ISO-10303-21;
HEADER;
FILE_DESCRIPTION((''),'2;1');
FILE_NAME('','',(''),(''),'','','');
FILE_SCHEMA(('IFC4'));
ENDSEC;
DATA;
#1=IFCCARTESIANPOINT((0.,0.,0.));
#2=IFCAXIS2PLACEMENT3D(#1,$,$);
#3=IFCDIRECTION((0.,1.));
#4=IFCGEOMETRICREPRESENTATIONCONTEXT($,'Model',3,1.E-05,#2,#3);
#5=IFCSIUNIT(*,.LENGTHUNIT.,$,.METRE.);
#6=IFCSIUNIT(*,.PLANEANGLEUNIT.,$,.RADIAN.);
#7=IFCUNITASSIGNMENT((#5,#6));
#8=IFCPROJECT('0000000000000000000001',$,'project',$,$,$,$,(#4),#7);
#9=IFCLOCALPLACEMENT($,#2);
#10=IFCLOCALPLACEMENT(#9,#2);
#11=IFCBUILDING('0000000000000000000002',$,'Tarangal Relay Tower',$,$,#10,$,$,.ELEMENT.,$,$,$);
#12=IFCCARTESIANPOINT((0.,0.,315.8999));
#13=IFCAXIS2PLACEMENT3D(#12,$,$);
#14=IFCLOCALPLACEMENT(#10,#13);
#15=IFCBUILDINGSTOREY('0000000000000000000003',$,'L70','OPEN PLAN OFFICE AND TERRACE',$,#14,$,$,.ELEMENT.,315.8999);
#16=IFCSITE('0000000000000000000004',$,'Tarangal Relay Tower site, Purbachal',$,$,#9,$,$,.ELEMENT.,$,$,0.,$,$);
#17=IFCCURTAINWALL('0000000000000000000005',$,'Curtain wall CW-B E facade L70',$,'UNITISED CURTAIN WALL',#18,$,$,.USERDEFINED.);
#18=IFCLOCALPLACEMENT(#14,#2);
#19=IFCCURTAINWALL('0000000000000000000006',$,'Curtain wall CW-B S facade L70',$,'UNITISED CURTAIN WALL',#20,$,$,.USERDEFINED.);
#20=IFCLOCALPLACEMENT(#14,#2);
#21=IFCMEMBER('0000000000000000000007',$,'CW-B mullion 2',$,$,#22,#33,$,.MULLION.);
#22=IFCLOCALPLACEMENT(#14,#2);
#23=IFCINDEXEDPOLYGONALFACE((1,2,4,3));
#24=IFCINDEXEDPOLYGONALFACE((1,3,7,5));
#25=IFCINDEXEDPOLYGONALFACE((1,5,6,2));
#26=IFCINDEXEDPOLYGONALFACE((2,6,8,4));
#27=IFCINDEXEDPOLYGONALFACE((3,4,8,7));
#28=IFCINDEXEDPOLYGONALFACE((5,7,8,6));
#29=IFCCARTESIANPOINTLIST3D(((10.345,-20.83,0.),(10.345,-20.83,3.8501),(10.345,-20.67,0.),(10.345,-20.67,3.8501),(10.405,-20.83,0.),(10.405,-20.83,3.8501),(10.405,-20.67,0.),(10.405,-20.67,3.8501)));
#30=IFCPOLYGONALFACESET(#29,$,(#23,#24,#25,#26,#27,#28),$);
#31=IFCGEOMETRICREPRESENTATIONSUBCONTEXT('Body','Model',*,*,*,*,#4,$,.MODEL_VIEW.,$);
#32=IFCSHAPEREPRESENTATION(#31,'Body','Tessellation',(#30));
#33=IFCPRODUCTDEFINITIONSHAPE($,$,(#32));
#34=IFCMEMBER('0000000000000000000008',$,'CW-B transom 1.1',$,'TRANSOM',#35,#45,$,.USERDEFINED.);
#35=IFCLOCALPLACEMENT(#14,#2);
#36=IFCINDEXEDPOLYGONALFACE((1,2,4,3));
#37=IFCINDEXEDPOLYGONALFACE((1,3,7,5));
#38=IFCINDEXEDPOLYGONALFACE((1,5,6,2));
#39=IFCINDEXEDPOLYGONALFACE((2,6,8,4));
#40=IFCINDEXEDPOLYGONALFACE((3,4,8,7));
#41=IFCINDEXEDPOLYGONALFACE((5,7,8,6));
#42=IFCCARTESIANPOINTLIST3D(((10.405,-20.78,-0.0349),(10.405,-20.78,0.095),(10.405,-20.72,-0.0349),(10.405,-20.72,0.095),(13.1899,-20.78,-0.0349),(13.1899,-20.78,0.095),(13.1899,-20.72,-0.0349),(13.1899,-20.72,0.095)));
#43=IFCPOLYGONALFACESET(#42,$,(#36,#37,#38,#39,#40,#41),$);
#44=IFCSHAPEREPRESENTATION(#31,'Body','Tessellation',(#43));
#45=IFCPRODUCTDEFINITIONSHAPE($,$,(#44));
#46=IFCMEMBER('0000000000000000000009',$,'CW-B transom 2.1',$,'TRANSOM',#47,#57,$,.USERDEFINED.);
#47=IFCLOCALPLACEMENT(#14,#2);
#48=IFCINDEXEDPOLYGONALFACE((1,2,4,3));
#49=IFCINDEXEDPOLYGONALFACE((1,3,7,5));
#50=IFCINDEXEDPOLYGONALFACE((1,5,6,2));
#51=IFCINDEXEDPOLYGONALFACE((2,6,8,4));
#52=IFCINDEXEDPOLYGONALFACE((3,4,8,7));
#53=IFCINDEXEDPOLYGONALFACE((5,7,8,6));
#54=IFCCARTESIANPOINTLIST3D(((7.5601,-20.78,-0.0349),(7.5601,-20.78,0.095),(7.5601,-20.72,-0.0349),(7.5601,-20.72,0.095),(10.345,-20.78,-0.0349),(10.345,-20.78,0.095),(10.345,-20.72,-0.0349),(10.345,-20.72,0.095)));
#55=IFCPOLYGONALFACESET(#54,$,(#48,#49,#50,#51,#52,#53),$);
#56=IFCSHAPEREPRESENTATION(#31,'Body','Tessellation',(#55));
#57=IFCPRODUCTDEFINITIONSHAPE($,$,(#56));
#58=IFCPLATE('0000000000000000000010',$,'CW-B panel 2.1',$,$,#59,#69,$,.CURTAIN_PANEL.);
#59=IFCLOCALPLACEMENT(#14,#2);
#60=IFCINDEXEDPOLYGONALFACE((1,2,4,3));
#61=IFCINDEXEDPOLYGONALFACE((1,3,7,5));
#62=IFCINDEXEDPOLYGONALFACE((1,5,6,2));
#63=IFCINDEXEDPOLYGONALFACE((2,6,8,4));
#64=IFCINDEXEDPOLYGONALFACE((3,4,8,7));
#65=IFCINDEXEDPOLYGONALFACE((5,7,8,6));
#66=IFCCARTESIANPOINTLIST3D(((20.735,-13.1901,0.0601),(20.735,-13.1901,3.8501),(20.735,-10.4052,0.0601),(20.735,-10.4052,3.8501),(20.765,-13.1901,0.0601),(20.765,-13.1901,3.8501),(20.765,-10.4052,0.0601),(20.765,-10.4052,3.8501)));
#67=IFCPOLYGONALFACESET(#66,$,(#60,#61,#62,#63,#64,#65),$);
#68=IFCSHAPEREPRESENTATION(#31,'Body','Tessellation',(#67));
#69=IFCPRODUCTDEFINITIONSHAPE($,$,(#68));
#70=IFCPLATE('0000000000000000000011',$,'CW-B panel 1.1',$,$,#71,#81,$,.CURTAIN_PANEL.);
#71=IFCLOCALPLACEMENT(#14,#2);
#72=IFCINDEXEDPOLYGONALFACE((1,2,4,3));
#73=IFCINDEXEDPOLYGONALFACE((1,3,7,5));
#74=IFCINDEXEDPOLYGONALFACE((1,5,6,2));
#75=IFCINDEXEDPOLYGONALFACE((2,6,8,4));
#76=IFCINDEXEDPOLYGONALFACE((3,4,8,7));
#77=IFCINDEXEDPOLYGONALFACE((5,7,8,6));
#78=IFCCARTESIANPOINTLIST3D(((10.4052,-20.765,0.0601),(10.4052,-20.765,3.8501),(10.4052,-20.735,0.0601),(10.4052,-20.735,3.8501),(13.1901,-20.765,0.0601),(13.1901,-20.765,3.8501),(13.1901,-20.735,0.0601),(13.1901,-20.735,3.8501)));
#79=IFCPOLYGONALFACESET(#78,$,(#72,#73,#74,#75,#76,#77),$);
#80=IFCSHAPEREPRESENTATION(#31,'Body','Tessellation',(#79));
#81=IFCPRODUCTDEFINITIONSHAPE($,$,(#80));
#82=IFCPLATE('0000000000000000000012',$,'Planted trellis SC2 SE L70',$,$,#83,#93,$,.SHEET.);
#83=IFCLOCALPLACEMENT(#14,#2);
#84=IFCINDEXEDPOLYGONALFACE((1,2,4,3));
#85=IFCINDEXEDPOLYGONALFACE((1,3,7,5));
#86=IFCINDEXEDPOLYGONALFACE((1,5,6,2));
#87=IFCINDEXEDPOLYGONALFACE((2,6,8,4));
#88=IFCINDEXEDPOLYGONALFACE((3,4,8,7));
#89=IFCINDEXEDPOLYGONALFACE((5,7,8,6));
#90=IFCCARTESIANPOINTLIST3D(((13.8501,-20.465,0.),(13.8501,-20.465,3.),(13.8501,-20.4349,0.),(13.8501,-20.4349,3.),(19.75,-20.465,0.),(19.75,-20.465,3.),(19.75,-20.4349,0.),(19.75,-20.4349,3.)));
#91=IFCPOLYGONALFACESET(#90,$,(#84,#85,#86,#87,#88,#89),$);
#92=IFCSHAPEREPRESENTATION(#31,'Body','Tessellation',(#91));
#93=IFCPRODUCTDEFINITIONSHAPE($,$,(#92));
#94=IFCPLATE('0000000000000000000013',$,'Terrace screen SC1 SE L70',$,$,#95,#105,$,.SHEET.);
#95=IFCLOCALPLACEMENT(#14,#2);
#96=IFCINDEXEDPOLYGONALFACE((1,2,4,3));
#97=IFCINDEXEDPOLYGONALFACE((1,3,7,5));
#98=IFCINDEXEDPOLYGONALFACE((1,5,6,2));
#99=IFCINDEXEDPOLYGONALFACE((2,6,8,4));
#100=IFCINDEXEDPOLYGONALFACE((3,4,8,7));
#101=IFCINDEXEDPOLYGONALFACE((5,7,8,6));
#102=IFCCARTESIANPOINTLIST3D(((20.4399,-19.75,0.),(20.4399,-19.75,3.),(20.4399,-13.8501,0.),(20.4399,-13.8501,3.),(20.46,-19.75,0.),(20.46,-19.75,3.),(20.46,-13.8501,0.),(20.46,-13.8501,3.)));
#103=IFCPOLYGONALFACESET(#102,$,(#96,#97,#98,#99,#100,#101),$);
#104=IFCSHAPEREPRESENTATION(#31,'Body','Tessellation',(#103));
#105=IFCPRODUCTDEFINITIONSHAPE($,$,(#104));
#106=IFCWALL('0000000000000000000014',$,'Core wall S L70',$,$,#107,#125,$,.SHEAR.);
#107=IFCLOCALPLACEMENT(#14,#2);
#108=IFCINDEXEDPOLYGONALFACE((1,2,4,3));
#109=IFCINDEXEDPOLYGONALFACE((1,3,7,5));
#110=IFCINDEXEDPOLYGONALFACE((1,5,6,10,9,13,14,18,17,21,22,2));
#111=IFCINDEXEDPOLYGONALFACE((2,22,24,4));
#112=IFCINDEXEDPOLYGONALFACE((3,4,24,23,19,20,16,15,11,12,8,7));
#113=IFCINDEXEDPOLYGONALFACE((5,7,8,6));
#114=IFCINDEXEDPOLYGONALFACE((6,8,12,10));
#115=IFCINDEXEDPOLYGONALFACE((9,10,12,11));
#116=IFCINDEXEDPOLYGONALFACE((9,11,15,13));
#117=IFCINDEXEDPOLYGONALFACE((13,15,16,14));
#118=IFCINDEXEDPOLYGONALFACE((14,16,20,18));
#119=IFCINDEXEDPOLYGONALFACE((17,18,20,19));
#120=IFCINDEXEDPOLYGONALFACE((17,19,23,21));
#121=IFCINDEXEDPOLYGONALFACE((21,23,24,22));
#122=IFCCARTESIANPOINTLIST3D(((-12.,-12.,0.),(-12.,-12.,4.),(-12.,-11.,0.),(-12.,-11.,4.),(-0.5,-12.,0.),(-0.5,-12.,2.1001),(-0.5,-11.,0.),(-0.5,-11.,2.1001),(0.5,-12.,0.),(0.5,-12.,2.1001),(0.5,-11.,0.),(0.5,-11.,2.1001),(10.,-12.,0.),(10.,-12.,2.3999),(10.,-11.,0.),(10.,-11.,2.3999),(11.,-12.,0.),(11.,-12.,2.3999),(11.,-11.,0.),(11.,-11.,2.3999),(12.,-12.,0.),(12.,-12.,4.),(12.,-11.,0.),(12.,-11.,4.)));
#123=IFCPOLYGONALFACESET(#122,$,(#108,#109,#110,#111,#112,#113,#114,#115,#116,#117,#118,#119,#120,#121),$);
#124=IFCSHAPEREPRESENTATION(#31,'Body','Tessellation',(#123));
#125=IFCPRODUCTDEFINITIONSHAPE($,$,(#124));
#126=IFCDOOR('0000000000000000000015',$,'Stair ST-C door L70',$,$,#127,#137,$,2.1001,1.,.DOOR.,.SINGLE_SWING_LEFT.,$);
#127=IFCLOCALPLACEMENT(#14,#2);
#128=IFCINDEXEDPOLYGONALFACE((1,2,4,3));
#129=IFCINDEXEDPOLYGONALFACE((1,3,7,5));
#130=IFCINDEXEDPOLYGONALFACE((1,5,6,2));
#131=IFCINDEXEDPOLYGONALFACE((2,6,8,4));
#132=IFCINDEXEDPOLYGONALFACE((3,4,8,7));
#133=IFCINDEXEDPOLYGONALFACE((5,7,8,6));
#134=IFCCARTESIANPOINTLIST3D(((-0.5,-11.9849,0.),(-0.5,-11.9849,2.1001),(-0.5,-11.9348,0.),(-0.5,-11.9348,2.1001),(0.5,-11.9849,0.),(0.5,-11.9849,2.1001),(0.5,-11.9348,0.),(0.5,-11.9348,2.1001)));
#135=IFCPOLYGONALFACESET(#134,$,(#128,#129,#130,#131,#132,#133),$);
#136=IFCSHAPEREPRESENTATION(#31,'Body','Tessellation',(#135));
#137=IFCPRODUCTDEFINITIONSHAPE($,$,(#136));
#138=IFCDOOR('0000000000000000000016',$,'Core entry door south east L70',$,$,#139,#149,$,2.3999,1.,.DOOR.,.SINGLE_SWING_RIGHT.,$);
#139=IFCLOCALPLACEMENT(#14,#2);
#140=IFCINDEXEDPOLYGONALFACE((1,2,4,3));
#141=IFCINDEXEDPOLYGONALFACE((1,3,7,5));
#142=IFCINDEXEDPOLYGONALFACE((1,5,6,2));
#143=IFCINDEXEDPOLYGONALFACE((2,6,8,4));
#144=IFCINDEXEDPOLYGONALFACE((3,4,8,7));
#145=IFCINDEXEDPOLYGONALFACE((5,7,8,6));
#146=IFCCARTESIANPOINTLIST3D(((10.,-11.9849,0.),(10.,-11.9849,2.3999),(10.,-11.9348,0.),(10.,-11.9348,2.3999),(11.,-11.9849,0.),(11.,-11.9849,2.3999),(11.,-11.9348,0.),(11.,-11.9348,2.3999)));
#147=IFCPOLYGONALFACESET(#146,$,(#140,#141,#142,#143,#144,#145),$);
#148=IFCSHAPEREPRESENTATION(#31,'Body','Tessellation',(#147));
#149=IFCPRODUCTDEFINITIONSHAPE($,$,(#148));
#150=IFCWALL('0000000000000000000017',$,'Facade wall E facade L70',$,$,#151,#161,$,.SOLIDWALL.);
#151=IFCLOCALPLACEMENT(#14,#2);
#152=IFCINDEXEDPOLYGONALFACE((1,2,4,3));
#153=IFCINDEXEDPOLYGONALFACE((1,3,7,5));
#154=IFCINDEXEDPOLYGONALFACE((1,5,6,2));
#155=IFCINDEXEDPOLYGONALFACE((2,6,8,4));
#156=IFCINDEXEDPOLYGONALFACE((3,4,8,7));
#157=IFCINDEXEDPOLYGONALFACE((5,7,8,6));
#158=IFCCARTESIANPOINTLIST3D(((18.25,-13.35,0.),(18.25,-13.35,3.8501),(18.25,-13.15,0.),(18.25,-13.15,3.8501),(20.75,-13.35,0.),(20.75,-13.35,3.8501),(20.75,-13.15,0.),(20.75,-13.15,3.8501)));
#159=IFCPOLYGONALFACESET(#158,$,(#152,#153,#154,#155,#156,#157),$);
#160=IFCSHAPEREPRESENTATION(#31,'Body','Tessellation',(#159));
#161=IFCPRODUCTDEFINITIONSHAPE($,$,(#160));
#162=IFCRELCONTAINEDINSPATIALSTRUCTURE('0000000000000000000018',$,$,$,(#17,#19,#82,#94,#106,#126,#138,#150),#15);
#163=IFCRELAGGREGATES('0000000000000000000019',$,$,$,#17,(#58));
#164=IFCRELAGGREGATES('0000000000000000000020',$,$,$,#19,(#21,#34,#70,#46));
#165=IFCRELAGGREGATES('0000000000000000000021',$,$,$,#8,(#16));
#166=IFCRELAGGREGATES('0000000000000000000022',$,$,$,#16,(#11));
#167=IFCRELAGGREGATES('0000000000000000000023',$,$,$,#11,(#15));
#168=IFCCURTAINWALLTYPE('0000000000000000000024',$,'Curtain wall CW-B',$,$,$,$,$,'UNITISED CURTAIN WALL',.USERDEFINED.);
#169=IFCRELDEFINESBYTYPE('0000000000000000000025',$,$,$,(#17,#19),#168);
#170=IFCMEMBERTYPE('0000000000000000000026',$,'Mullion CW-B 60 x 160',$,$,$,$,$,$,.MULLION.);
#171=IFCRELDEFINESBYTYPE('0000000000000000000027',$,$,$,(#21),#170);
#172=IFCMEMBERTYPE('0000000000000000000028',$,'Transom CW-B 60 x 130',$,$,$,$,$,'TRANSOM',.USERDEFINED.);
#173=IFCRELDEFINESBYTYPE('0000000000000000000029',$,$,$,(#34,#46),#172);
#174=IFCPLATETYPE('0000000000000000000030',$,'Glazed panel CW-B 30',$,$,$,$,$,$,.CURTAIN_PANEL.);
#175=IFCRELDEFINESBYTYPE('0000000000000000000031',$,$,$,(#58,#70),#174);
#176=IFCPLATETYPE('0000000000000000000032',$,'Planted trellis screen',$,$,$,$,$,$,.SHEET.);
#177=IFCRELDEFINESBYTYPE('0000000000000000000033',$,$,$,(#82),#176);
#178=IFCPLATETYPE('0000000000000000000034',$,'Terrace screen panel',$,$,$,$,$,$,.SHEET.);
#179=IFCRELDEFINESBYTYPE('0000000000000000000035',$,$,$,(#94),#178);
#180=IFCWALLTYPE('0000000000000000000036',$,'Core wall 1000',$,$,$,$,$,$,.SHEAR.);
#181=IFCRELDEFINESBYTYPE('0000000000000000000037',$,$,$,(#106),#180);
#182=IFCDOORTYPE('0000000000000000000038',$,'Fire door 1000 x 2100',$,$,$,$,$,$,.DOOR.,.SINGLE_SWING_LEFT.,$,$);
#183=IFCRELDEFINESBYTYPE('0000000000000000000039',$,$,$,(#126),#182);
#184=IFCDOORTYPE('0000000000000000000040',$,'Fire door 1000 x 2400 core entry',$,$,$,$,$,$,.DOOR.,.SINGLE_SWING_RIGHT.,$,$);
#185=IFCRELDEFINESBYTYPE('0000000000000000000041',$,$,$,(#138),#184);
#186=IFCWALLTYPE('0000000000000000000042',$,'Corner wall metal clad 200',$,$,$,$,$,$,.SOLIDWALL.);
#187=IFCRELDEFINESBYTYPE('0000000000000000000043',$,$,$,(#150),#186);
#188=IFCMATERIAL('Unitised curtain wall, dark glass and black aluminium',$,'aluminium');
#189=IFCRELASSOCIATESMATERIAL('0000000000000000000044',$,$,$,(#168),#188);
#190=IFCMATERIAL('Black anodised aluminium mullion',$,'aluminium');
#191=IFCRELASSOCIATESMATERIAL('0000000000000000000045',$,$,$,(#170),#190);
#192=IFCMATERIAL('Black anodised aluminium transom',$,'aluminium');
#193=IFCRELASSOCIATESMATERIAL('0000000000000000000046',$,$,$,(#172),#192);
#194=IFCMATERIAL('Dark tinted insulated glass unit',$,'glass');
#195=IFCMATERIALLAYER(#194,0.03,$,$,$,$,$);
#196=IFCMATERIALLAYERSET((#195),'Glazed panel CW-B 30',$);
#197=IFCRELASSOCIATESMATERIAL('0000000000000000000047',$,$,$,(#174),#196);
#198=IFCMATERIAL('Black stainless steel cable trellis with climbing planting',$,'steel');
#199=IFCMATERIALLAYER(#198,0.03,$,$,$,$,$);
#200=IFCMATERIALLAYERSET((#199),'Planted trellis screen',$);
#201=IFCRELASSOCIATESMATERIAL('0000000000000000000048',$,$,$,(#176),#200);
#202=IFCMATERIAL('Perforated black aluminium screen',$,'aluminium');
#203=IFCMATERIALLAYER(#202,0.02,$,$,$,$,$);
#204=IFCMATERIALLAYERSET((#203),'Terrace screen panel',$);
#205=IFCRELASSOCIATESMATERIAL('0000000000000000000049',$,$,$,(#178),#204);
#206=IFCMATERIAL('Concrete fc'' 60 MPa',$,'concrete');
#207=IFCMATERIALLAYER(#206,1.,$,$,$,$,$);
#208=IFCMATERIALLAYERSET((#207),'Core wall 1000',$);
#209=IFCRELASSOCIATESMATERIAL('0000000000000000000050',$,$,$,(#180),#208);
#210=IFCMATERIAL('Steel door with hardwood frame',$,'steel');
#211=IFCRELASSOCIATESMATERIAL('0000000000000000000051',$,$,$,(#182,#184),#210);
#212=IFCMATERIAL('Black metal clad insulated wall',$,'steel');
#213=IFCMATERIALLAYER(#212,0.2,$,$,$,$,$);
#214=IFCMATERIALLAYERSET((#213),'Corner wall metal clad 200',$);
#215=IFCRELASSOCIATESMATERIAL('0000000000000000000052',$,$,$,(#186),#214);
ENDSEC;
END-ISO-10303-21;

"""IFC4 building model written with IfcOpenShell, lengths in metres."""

from ifc_helpers import new_model, si_unit, direction, frame, frame_2d, origin, origin_2d, place, context, subcontext, project, spatial, rectangle, extrude, material, layer, layer_set, material_profile, profile_set, type_object, element, fill, aggregate, save


model = new_model("IFC4")

# Units and contexts
model_context = context("Model", 3, precision=1e-05, world=origin(), true_north=direction((0.0, 1.0)))
body_context = subcontext(model_context, "Body", "Model", "MODEL_VIEW")
ifc_project = project(units=[si_unit("LENGTHUNIT", "METRE"), si_unit("PLANEANGLEUNIT", "RADIAN")], contexts=[model_context])

# Site, building, storey
site_placement = place(None, origin())
site = spatial("IfcSite", under=ifc_project, at=site_placement, Name="Tarangal Relay Tower site, Purbachal", CompositionType="ELEMENT", RefElevation=0.0)
building_placement = place(site_placement, origin())
building = spatial("IfcBuilding", under=site, at=building_placement, Name="Tarangal Relay Tower", CompositionType="ELEMENT")
storey_placement = place(building_placement, frame((0.0, 0.0, 315.8999)))
storey = spatial("IfcBuildingStorey", under=building, at=storey_placement, Name="L70", Description="OPEN PLAN OFFICE AND TERRACE", CompositionType="ELEMENT", Elevation=315.8999)

# Curtain wall
ifc_material_1 = material(Name="Unitised curtain wall, dark glass and black aluminium", Category="aluminium")
curtain_wall_type = type_object("IfcCurtainWallType", Name="Curtain wall CW-B", ElementType="UNITISED CURTAIN WALL", PredefinedType="USERDEFINED", material=ifc_material_1)
curtain_wall_1_placement = place(storey_placement, origin())
curtain_wall_1 = element("IfcCurtainWall", 1, at=curtain_wall_1_placement, inside=storey, type_object=curtain_wall_type, Name="Curtain wall CW-B E facade L70", ObjectType="UNITISED CURTAIN WALL", PredefinedType="USERDEFINED")
ifc_material_2 = material(Name="Black anodised aluminium mullion", Category="aluminium")
ifc_material_profile_1 = material_profile(ifc_material_2, rectangle(XDim=0.1599, YDim=0.0601, at=origin_2d()), Name="CW-BM 60X160")
ifc_profile_set_1 = profile_set([ifc_material_profile_1], Name="Black anodised aluminium mullion")
member_type_1 = type_object("IfcMemberType", Name="Mullion CW-B 60 x 160", PredefinedType="MULLION", material=ifc_profile_set_1)

# Curtain wall, members
curtain_wall_2_placement = place(storey_placement, origin())
curtain_wall_2 = element("IfcCurtainWall", 2, at=curtain_wall_2_placement, inside=storey, type_object=curtain_wall_type, Name="Curtain wall CW-B S facade L70", ObjectType="UNITISED CURTAIN WALL", PredefinedType="USERDEFINED")
member_1_placement = place(storey_placement, frame((10.375, -20.75, 0.0), z_axis=(0.0, 0.0, 1.0), x_axis=(0.0, -1.0, 0.0)))
member_1 = element("IfcMember", 3, at=member_1_placement, type_object=member_type_1, Name="CW-B mullion 2", PredefinedType="MULLION", context=body_context, shape_type="SweptSolid", body=[
    extrude(rectangle(XDim=0.1599, YDim=0.0601, at=origin_2d()), origin(), (0.0, 0.0, 1.0), 3.8501),
])
ifc_material_3 = material(Name="Black anodised aluminium transom", Category="aluminium")
ifc_material_profile_2 = material_profile(ifc_material_3, rectangle(XDim=0.0601, YDim=0.1299, at=origin_2d()), Name="CW-BT 60X130")
ifc_profile_set_2 = profile_set([ifc_material_profile_2], Name="Black anodised aluminium transom")
member_type_2 = type_object("IfcMemberType", Name="Transom CW-B 60 x 130", ElementType="TRANSOM", PredefinedType="USERDEFINED", material=ifc_profile_set_2)
member_2_placement = place(storey_placement, frame((13.1899, -20.75, 0.03), z_axis=(-1.0, 0.0, 0.0), x_axis=(0.0, -1.0, 0.0)))
member_2 = element("IfcMember", 4, at=member_2_placement, type_object=member_type_2, Name="CW-B transom 1.1", ObjectType="TRANSOM", PredefinedType="USERDEFINED", context=body_context, shape_type="SweptSolid", body=[
    extrude(rectangle(XDim=0.0601, YDim=0.1299, at=origin_2d()), origin(), (0.0, 0.0, 1.0), 2.7849),
])
member_3_placement = place(storey_placement, frame((10.345, -20.75, 0.03), z_axis=(-1.0, 0.0, 0.0), x_axis=(0.0, -1.0, 0.0)))
member_3 = element("IfcMember", 5, at=member_3_placement, type_object=member_type_2, Name="CW-B transom 2.1", ObjectType="TRANSOM", PredefinedType="USERDEFINED", context=body_context, shape_type="SweptSolid", body=[
    extrude(rectangle(XDim=0.0601, YDim=0.1299, at=origin_2d()), origin(), (0.0, 0.0, 1.0), 2.7849),
])

# Plates
ifc_material_4 = material(Name="Dark tinted insulated glass unit", Category="glass")
ifc_layer_1 = layer(ifc_material_4, 0.03)
ifc_layer_set_1 = layer_set([ifc_layer_1], Name="Glazed panel CW-B 30")
plate_type_1 = type_object("IfcPlateType", Name="Glazed panel CW-B 30", PredefinedType="CURTAIN_PANEL", material=ifc_layer_set_1)
plate_1_placement = place(storey_placement, frame((20.75, -11.7976, 0.0601), z_axis=(0.0, 0.0, 1.0), x_axis=(0.0, -1.0, 0.0)))
plate_1 = element("IfcPlate", 6, at=plate_1_placement, type_object=plate_type_1, Name="CW-B panel 2.1", PredefinedType="CURTAIN_PANEL", context=body_context, shape_type="SweptSolid", body=[
    extrude(rectangle(XDim=2.7849, YDim=0.03, at=origin_2d()), origin(), (0.0, 0.0, 1.0), 3.79),
])
aggregate(curtain_wall_1, [plate_1])
plate_2_placement = place(storey_placement, frame((11.7976, -20.75, 0.0601), z_axis=(0.0, 0.0, 1.0), x_axis=(-1.0, 0.0, 0.0)))
plate_2 = element("IfcPlate", 7, at=plate_2_placement, type_object=plate_type_1, Name="CW-B panel 1.1", PredefinedType="CURTAIN_PANEL", context=body_context, shape_type="SweptSolid", body=[
    extrude(rectangle(XDim=2.7849, YDim=0.03, at=origin_2d()), origin(), (0.0, 0.0, 1.0), 3.79),
])
aggregate(curtain_wall_2, [member_1, member_2, plate_2, member_3])

# Plates
ifc_material_5 = material(Name="Black stainless steel cable trellis with climbing planting", Category="steel")
ifc_layer_2 = layer(ifc_material_5, 0.03)
ifc_layer_set_2 = layer_set([ifc_layer_2], Name="Planted trellis screen")
plate_type_2 = type_object("IfcPlateType", Name="Planted trellis screen", PredefinedType="SHEET", material=ifc_layer_set_2)
plate_3_placement = place(storey_placement, frame((16.8, -20.45, 0.0), z_axis=(0.0, 0.0, 1.0), x_axis=(-1.0, 0.0, 0.0)))
element("IfcPlate", 8, at=plate_3_placement, inside=storey, type_object=plate_type_2, Name="Planted trellis SC2 SE L70", PredefinedType="SHEET", context=body_context, shape_type="SweptSolid", body=[
    extrude(rectangle(XDim=5.8999, YDim=0.03, at=origin_2d()), origin(), (0.0, 0.0, 1.0), 3.0),
])
ifc_material_6 = material(Name="Perforated black aluminium screen", Category="aluminium")
ifc_layer_3 = layer(ifc_material_6, 0.02)
ifc_layer_set_3 = layer_set([ifc_layer_3], Name="Terrace screen panel")
plate_type_3 = type_object("IfcPlateType", Name="Terrace screen panel", PredefinedType="SHEET", material=ifc_layer_set_3)
plate_4_placement = place(storey_placement, frame((20.45, -16.8, 0.0), z_axis=(0.0, 0.0, 1.0), x_axis=(0.0, -1.0, 0.0)))
element("IfcPlate", 9, at=plate_4_placement, inside=storey, type_object=plate_type_3, Name="Terrace screen SC1 SE L70", PredefinedType="SHEET", context=body_context, shape_type="SweptSolid", body=[
    extrude(rectangle(XDim=5.8999, YDim=0.02, at=origin_2d()), origin(), (0.0, 0.0, 1.0), 3.0),
])

# Wall, openings, doors
ifc_material_7 = material(Name="Concrete fc' 60 MPa", Category="concrete")
ifc_layer_4 = layer(ifc_material_7, 1.0)
ifc_layer_set_4 = layer_set([ifc_layer_4], Name="Core wall 1000")
wall_type_1 = type_object("IfcWallType", Name="Core wall 1000", PredefinedType="SHEAR", material=ifc_layer_set_4)
wall_1_placement = place(storey_placement, frame((12.0, -11.5, 0.0), z_axis=(0.0, 0.0, 1.0), x_axis=(-1.0, 0.0, 0.0)))
wall_1 = element("IfcWall", 10, at=wall_1_placement, inside=storey, type_object=wall_type_1, Name="Core wall S L70", PredefinedType="SHEAR", context=body_context, shape_type="SweptSolid", body=[
    extrude(rectangle(XDim=24.0, YDim=1.0, at=frame_2d((12.0, 0.0))), origin(), (0.0, 0.0, 1.0), 4.0),
])
opening_1_placement = place(wall_1_placement, frame((11.5, 0.0, 0.0)))
opening_1 = element("IfcOpeningElement", 11, at=opening_1_placement, cuts=wall_1, PredefinedType="OPENING", context=body_context, shape_type="SweptSolid", body=[
    extrude(rectangle(XDim=1.0, YDim=2.1001, at=frame_2d((0.5, 1.05))), frame((0.0, 0.51, 0.0), z_axis=(0.0, -1.0, 0.0), x_axis=(1.0, 0.0, 0.0)), (0.0, 0.0, 1.0), 1.02),
])
opening_2_placement = place(wall_1_placement, frame((1.0, 0.0, 0.0)))
opening_2 = element("IfcOpeningElement", 12, at=opening_2_placement, cuts=wall_1, PredefinedType="OPENING", context=body_context, shape_type="SweptSolid", body=[
    extrude(rectangle(XDim=1.0, YDim=2.3999, at=frame_2d((0.5, 1.2))), frame((0.0, 0.51, 0.0), z_axis=(0.0, -1.0, 0.0), x_axis=(1.0, 0.0, 0.0)), (0.0, 0.0, 1.0), 1.02),
])
ifc_material_8 = material(Name="Steel door with hardwood frame", Category="steel")
door_type_1 = type_object("IfcDoorType", Name="Fire door 1000 x 2100", OperationType="SINGLE_SWING_LEFT", PredefinedType="DOOR", material=ifc_material_8)
door_1_placement = place(opening_1_placement, origin())
door_1 = element("IfcDoor", 13, at=door_1_placement, inside=storey, type_object=door_type_1, Name="Stair ST-C door L70", OperationType="SINGLE_SWING_LEFT", OverallHeight=2.1001, OverallWidth=1.0, PredefinedType="DOOR", context=body_context, shape_type="SweptSolid", body=[
    extrude(rectangle(XDim=1.0, YDim=2.1001, at=frame_2d((0.5, 1.05))), frame((0.0, 0.4849, 0.0), z_axis=(0.0, -1.0, 0.0), x_axis=(1.0, 0.0, 0.0)), (0.0, 0.0, 1.0), 0.05),
])
fill(opening_1, door_1)
door_type_2 = type_object("IfcDoorType", Name="Fire door 1000 x 2400 core entry", OperationType="SINGLE_SWING_RIGHT", PredefinedType="DOOR", material=ifc_material_8)
door_2_placement = place(opening_2_placement, origin())
door_2 = element("IfcDoor", 14, at=door_2_placement, inside=storey, type_object=door_type_2, Name="Core entry door south east L70", OperationType="SINGLE_SWING_RIGHT", OverallHeight=2.3999, OverallWidth=1.0, PredefinedType="DOOR", context=body_context, shape_type="SweptSolid", body=[
    extrude(rectangle(XDim=1.0, YDim=2.3999, at=frame_2d((0.5, 1.2))), frame((0.0, 0.4849, 0.0), z_axis=(0.0, -1.0, 0.0), x_axis=(1.0, 0.0, 0.0)), (0.0, 0.0, 1.0), 0.05),
])
fill(opening_2, door_2)

# Wall
ifc_material_9 = material(Name="Black metal clad insulated wall", Category="steel")
ifc_layer_5 = layer(ifc_material_9, 0.2)
ifc_layer_set_5 = layer_set([ifc_layer_5], Name="Corner wall metal clad 200")
wall_type_2 = type_object("IfcWallType", Name="Corner wall metal clad 200", PredefinedType="SOLIDWALL", material=ifc_layer_set_5)
wall_2_placement = place(storey_placement, frame((20.75, -13.25, 0.0), z_axis=(0.0, 0.0, 1.0), x_axis=(-1.0, 0.0, 0.0)))
element("IfcWall", 15, at=wall_2_placement, inside=storey, type_object=wall_type_2, Name="Facade wall E facade L70", PredefinedType="SOLIDWALL", context=body_context, shape_type="SweptSolid", body=[
    extrude(rectangle(XDim=2.5, YDim=0.2, at=frame_2d((1.25, 0.0))), origin(), (0.0, 0.0, 1.0), 3.8501),
])

save(model, "model.ifc")
